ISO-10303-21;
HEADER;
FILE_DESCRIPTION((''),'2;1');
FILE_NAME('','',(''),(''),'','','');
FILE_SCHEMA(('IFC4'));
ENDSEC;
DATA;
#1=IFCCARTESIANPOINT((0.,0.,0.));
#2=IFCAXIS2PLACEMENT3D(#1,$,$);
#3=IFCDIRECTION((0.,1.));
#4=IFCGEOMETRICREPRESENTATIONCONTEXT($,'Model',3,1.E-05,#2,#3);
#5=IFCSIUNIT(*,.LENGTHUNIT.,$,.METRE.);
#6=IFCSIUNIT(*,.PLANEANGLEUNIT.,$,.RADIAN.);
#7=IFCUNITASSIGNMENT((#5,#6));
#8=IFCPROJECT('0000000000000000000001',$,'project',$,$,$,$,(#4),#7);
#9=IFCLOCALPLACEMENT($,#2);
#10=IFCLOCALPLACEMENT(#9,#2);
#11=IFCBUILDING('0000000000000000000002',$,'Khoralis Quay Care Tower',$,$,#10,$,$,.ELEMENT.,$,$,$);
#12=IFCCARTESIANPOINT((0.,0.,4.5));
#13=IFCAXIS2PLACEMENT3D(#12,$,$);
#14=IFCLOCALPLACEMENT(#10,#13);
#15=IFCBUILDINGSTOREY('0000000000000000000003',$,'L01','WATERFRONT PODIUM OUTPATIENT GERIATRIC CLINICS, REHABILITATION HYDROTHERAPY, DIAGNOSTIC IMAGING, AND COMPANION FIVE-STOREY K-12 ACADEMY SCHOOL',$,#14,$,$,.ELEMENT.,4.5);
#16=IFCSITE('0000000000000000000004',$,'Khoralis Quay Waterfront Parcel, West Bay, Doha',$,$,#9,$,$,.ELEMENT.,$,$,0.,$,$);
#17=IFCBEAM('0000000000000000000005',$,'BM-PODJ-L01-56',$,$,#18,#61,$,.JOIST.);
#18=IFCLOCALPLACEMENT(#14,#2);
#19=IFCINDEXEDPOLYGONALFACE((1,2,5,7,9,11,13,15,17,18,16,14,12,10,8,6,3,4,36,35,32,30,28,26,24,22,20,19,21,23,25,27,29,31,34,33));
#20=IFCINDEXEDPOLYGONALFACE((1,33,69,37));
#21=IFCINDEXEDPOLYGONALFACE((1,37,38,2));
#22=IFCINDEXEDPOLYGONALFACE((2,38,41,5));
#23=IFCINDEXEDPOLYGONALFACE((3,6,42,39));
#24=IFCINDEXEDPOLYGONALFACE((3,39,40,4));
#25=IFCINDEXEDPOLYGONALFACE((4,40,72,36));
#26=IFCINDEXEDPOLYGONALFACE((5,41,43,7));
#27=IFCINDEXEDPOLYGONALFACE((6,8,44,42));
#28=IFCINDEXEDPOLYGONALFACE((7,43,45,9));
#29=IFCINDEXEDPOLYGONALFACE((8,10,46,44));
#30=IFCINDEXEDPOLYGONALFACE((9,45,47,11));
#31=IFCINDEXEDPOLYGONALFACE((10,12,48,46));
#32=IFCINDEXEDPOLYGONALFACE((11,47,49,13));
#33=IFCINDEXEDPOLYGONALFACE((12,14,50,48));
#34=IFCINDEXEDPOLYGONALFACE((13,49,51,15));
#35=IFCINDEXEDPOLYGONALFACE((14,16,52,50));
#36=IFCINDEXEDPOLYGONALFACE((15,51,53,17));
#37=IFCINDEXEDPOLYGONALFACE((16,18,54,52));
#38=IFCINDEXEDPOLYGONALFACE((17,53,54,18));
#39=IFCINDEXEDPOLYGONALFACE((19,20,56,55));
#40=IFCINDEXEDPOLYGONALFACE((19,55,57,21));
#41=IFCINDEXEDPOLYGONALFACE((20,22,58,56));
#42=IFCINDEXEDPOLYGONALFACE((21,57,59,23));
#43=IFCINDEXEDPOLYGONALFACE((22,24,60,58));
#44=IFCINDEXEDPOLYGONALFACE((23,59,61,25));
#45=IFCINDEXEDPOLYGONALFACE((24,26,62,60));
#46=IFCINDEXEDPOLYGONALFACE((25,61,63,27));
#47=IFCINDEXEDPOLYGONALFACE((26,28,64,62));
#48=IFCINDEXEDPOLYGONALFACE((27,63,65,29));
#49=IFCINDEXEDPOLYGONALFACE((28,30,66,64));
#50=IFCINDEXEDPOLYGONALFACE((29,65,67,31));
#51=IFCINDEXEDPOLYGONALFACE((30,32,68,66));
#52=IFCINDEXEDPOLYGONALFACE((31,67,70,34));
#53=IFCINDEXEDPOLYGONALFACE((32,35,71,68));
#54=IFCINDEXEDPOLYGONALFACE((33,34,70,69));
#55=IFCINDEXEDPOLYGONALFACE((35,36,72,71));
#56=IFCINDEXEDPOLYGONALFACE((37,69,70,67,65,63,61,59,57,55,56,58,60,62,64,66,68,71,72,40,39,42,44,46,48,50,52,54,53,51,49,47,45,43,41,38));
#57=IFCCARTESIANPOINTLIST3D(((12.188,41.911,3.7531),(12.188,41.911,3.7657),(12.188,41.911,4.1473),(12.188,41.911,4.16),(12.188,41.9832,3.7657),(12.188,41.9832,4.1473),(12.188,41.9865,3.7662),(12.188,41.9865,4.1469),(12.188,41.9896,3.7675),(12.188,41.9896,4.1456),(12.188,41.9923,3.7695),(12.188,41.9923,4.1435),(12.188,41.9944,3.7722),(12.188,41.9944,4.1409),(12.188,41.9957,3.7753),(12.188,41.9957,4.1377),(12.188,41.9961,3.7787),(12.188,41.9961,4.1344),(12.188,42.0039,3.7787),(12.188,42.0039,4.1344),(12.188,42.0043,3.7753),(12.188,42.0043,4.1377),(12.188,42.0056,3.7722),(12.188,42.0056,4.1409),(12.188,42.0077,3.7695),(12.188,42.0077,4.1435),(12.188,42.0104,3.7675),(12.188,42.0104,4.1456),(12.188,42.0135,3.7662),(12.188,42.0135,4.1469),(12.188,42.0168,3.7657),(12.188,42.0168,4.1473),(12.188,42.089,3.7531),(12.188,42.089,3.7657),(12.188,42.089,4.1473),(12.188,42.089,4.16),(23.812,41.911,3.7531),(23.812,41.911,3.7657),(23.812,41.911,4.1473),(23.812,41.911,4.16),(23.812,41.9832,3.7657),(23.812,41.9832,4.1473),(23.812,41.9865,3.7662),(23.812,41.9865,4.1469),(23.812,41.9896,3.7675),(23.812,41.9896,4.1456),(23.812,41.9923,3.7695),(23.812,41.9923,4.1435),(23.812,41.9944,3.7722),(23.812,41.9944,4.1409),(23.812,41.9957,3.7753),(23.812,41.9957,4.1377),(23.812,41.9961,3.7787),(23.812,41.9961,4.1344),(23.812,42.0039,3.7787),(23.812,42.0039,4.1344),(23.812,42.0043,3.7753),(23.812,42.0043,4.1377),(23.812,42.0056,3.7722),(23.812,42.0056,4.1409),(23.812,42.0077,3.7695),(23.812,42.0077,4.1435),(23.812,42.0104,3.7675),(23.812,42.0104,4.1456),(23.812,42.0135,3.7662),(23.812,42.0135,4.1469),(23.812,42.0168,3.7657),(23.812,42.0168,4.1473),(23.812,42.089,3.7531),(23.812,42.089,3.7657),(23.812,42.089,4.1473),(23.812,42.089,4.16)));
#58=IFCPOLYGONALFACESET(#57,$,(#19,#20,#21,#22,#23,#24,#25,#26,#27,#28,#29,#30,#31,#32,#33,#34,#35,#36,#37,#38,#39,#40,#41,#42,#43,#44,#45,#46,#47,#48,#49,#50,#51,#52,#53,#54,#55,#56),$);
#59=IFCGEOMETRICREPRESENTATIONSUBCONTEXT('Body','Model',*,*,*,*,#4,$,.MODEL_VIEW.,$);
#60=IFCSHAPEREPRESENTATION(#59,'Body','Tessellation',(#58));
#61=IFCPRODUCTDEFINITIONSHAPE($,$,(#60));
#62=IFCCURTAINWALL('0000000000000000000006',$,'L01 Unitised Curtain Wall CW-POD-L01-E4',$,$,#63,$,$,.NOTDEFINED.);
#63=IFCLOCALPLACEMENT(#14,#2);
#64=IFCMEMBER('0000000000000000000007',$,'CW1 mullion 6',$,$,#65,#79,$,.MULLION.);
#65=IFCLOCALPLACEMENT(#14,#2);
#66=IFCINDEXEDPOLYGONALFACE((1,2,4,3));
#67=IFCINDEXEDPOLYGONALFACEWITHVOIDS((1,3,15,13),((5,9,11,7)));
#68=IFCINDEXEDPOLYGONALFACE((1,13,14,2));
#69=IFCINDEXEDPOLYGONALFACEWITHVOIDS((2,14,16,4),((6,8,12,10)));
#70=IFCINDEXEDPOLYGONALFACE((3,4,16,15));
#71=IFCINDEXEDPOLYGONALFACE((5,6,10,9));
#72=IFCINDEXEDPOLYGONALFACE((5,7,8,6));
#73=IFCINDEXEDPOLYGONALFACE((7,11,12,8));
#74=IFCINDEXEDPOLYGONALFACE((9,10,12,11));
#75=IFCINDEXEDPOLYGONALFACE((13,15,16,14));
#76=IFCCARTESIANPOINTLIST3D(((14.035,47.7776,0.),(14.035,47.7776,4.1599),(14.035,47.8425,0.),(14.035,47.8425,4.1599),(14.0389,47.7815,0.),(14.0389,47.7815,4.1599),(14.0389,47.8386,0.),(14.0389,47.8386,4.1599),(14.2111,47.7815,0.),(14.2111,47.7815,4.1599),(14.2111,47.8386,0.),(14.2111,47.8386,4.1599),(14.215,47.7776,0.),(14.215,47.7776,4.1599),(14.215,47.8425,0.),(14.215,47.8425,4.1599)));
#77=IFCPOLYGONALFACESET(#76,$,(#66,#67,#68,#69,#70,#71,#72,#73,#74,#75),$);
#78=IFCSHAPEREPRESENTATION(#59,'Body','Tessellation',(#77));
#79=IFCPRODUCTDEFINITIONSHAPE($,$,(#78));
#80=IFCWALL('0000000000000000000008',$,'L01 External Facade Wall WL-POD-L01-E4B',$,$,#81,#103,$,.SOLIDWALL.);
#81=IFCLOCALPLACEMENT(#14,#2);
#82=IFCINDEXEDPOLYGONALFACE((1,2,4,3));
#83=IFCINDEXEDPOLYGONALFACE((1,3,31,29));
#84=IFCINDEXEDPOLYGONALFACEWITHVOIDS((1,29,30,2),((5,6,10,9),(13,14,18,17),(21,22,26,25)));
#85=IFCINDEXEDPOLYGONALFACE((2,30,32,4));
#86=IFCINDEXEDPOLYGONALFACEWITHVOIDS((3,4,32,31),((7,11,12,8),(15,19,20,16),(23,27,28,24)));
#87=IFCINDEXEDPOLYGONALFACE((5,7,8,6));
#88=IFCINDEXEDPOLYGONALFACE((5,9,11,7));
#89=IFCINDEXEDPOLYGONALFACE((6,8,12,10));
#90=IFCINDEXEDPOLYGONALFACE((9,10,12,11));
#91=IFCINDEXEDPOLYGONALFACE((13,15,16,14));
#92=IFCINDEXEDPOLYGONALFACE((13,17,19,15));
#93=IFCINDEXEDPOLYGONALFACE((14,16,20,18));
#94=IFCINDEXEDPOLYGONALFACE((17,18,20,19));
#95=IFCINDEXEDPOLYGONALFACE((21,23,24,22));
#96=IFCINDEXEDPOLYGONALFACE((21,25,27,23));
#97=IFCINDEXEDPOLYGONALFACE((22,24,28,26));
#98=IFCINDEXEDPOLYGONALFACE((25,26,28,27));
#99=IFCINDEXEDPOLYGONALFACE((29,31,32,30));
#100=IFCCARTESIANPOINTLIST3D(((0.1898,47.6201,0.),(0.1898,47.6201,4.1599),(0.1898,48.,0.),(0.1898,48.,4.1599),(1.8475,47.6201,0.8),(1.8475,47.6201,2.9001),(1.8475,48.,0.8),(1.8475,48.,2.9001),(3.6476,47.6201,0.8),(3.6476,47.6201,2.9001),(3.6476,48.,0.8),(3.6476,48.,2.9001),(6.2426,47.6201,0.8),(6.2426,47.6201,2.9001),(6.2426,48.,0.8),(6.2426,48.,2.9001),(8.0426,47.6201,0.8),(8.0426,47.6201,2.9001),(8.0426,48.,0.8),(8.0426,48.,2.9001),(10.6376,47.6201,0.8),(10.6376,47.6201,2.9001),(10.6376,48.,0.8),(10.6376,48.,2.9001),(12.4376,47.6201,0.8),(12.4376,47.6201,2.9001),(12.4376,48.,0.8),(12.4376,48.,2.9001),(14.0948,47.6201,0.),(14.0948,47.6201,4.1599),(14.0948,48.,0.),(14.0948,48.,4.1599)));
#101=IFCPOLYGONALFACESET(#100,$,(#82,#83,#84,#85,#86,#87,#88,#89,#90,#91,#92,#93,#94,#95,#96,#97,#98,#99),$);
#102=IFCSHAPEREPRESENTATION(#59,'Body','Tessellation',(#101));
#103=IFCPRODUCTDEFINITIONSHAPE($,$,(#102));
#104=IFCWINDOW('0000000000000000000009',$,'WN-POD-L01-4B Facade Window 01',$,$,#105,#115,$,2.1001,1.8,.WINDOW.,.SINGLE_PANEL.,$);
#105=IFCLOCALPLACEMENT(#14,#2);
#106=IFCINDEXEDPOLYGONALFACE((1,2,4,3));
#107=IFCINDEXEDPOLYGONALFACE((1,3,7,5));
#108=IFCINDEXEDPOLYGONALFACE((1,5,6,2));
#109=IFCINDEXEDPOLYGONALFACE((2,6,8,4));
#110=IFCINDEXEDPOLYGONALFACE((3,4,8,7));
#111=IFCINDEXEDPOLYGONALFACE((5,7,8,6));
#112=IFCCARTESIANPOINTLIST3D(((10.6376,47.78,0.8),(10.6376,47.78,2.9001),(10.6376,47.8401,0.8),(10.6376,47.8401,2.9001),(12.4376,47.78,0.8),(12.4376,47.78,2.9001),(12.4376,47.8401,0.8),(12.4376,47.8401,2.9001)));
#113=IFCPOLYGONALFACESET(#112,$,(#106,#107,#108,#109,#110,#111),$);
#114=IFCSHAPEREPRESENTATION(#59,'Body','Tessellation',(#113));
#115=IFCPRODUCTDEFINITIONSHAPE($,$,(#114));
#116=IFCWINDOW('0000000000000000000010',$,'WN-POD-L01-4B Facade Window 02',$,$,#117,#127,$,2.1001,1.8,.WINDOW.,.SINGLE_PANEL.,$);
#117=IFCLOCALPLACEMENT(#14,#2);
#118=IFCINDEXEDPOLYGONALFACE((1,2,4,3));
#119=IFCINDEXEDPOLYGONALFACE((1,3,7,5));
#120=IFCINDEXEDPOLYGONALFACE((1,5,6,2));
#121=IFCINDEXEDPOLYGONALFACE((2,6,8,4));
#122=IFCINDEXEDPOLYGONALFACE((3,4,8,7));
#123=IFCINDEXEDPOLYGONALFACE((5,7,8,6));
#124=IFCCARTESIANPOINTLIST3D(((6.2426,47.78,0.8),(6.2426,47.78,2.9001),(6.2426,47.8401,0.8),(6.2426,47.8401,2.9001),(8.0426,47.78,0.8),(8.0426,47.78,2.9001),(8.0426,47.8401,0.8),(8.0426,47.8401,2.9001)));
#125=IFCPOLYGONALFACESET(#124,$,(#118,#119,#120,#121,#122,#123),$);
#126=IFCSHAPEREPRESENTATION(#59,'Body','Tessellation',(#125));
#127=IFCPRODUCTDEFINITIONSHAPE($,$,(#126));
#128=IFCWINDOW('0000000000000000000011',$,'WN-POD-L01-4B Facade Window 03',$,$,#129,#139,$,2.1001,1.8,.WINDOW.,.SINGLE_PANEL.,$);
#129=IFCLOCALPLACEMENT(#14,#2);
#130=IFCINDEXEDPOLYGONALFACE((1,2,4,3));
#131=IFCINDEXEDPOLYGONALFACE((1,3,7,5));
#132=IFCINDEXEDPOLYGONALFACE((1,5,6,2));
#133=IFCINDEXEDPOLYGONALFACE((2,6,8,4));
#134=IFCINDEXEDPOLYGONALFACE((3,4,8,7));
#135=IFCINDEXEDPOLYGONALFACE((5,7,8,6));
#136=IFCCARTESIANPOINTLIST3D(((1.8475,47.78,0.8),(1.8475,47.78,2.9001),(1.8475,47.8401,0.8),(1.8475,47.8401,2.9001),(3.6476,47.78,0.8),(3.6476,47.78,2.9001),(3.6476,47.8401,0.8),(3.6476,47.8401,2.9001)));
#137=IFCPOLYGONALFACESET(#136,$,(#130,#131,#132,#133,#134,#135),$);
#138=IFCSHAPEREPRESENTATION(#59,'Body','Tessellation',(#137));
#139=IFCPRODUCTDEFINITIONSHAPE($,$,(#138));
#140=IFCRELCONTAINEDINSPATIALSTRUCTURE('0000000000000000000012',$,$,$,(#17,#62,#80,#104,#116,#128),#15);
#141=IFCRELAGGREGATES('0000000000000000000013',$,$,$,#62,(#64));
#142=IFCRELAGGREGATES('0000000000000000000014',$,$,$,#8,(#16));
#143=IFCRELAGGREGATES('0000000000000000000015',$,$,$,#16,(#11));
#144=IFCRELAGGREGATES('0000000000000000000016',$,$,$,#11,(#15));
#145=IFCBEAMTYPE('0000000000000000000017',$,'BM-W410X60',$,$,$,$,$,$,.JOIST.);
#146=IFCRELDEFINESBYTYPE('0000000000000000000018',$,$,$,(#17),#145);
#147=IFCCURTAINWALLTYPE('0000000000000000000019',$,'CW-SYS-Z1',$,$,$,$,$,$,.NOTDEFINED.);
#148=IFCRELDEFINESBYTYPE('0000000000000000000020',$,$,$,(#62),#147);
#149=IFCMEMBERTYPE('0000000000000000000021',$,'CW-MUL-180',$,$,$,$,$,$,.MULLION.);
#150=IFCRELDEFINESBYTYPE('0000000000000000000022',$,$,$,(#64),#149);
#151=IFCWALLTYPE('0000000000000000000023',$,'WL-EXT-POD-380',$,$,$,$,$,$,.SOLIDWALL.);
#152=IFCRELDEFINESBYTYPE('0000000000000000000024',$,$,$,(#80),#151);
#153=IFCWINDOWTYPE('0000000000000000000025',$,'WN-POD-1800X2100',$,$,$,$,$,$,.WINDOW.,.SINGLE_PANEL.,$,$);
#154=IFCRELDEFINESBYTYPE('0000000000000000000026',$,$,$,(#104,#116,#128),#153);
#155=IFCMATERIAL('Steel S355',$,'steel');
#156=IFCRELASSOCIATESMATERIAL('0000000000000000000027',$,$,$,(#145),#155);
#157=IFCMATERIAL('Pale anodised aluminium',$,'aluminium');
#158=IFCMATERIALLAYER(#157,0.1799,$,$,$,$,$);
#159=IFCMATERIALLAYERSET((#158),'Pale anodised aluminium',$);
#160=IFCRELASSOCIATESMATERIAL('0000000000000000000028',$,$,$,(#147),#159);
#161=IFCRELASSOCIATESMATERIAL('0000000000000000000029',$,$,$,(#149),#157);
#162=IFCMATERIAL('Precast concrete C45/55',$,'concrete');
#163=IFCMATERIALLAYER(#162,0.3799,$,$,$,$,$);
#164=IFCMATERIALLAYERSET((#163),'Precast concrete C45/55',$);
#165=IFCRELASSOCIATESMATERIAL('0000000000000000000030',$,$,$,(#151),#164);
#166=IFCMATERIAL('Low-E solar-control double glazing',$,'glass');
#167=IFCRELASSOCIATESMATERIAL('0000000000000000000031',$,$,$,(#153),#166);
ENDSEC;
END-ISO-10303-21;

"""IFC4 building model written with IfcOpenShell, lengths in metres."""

from ifc_helpers import new_model, si_unit, direction, frame, frame_2d, origin, origin_2d, place, context, subcontext, project, spatial, rectangle, hollow_rectangle, i_section, extrude, source, transform, mapped, material, layer, layer_set, material_profile, profile_set, type_object, element, fill, aggregate, save


model = new_model("IFC4")

# Units and contexts
model_context = context("Model", 3, precision=1e-05, world=origin(), true_north=direction((0.0, 1.0)))
body_context = subcontext(model_context, "Body", "Model", "MODEL_VIEW")
ifc_project = project(units=[si_unit("LENGTHUNIT", "METRE"), si_unit("PLANEANGLEUNIT", "RADIAN")], contexts=[model_context])

# Site, building, storey
site_placement = place(None, origin())
site = spatial("IfcSite", under=ifc_project, at=site_placement, Name="Khoralis Quay Waterfront Parcel, West Bay, Doha", CompositionType="ELEMENT", RefElevation=0.0)
building_placement = place(site_placement, origin())
building = spatial("IfcBuilding", under=site, at=building_placement, Name="Khoralis Quay Care Tower", CompositionType="ELEMENT")
storey_placement = place(building_placement, frame((0.0, 0.0, 4.5)))
storey = spatial("IfcBuildingStorey", under=building, at=storey_placement, Name="L01", Description="WATERFRONT PODIUM OUTPATIENT GERIATRIC CLINICS, REHABILITATION HYDROTHERAPY, DIAGNOSTIC IMAGING, AND COMPANION FIVE-STOREY K-12 ACADEMY SCHOOL", CompositionType="ELEMENT", Elevation=4.5)

# Beam
ifc_material_1 = material(Name="Steel S355", Category="steel")
ifc_material_profile_1 = material_profile(ifc_material_1, i_section(OverallWidth=0.178, OverallDepth=0.407, WebThickness=0.0078, FlangeThickness=0.0127, FilletRadius=0.0129, at=origin_2d()), Name="Steel S355")
ifc_profile_set_1 = profile_set([ifc_material_profile_1], Name="Steel S355")
beam_type_1 = type_object("IfcBeamType", Name="BM-W410X60", PredefinedType="JOIST", material=ifc_profile_set_1)
shared_shape_1 = source(origin(), body_context, "Body", "SweptSolid", [
    extrude(i_section(OverallWidth=0.178, OverallDepth=0.407, WebThickness=0.0078, FlangeThickness=0.0127, FilletRadius=0.0129, at=origin_2d()), origin(), (0.0, 0.0, 1.0), 11.624),
])
beam_1_placement = place(storey_placement, frame((12.188, 42.0, 3.9565), z_axis=(1.0, 0.0, 0.0), x_axis=(0.0, 1.0, 0.0)))
element("IfcBeam", 1, at=beam_1_placement, inside=storey, type_object=beam_type_1, Name="BM-PODJ-L01-56", PredefinedType="JOIST", context=body_context, shape_type="MappedRepresentation", body=[
    mapped(shared_shape_1, transform((0.0, 0.0, 0.0), scale=1.0)),
])

# Curtain wall, member
ifc_material_2 = material(Name="Pale anodised aluminium", Category="aluminium")
ifc_layer_1 = layer(ifc_material_2, 0.1799)
ifc_layer_set_1 = layer_set([ifc_layer_1], Name="Pale anodised aluminium")
curtain_wall_type = type_object("IfcCurtainWallType", Name="CW-SYS-Z1", PredefinedType="NOTDEFINED", material=ifc_layer_set_1)
curtain_wall_placement = place(storey_placement, origin())
curtain_wall = element("IfcCurtainWall", 2, at=curtain_wall_placement, inside=storey, type_object=curtain_wall_type, Name="L01 Unitised Curtain Wall CW-POD-L01-E4", PredefinedType="NOTDEFINED")
ifc_material_profile_2 = material_profile(ifc_material_2, hollow_rectangle(XDim=0.0649, YDim=0.1799, WallThickness=0.0039, at=origin_2d()), Name="Pale anodised aluminium")
ifc_profile_set_2 = profile_set([ifc_material_profile_2], Name="Pale anodised aluminium")
member_type = type_object("IfcMemberType", Name="CW-MUL-180", PredefinedType="MULLION", material=ifc_profile_set_2)
shared_shape_2 = source(origin(), body_context, "Body", "SweptSolid", [
    extrude(hollow_rectangle(XDim=0.0649, YDim=0.1799, WallThickness=0.0039, at=origin_2d()), origin(), (0.0, 0.0, 1.0), 4.1599),
])
member_placement = place(storey_placement, frame((14.125, 47.8101, 0.0), z_axis=(0.0, 0.0, 1.0), x_axis=(0.0, -1.0, 0.0)))
member = element("IfcMember", 3, at=member_placement, type_object=member_type, Name="CW1 mullion 6", PredefinedType="MULLION", context=body_context, shape_type="MappedRepresentation", body=[
    mapped(shared_shape_2, transform((0.0, 0.0, 0.0), scale=1.0)),
])
aggregate(curtain_wall, [member])

# Wall, openings, windows
ifc_material_3 = material(Name="Precast concrete C45/55", Category="concrete")
ifc_layer_2 = layer(ifc_material_3, 0.3799)
ifc_layer_set_2 = layer_set([ifc_layer_2], Name="Precast concrete C45/55")
wall_type = type_object("IfcWallType", Name="WL-EXT-POD-380", PredefinedType="SOLIDWALL", material=ifc_layer_set_2)
wall_placement = place(storey_placement, frame((14.095, 47.8101, 0.0), z_axis=(0.0, 0.0, 1.0), x_axis=(-1.0, 0.0, 0.0)))
wall = element("IfcWall", 4, at=wall_placement, inside=storey, type_object=wall_type, Name="L01 External Facade Wall WL-POD-L01-E4B", PredefinedType="SOLIDWALL", context=body_context, shape_type="SweptSolid", body=[
    extrude(rectangle(XDim=13.905, YDim=0.3799, at=frame_2d((6.9526, 0.0))), origin(), (0.0, 0.0, 1.0), 4.1599),
])
opening_1_placement = place(wall_placement, frame((1.6575, 0.0, 0.8)))
opening_1 = element("IfcOpeningElement", 5, at=opening_1_placement, cuts=wall, PredefinedType="OPENING", context=body_context, shape_type="SweptSolid", body=[
    extrude(rectangle(XDim=1.8, YDim=2.1001, at=frame_2d((0.8999, 1.05))), frame((0.0, 0.2, 0.0), z_axis=(0.0, -1.0, 0.0), x_axis=(1.0, 0.0, 0.0)), (0.0, 0.0, 1.0), 0.3999),
])
opening_2_placement = place(wall_placement, frame((6.0525, 0.0, 0.8)))
opening_2 = element("IfcOpeningElement", 6, at=opening_2_placement, cuts=wall, PredefinedType="OPENING", context=body_context, shape_type="SweptSolid", body=[
    extrude(rectangle(XDim=1.8, YDim=2.1001, at=frame_2d((0.8999, 1.05))), frame((0.0, 0.2, 0.0), z_axis=(0.0, -1.0, 0.0), x_axis=(1.0, 0.0, 0.0)), (0.0, 0.0, 1.0), 0.3999),
])
opening_3_placement = place(wall_placement, frame((10.4475, 0.0, 0.8)))
opening_3 = element("IfcOpeningElement", 7, at=opening_3_placement, cuts=wall, PredefinedType="OPENING", context=body_context, shape_type="SweptSolid", body=[
    extrude(rectangle(XDim=1.8, YDim=2.1001, at=frame_2d((0.8999, 1.05))), frame((0.0, 0.2, 0.0), z_axis=(0.0, -1.0, 0.0), x_axis=(1.0, 0.0, 0.0)), (0.0, 0.0, 1.0), 0.3999),
])
ifc_material_4 = material(Name="Low-E solar-control double glazing", Category="glass")
window_type = type_object("IfcWindowType", Name="WN-POD-1800X2100", PartitioningType="SINGLE_PANEL", PredefinedType="WINDOW", material=ifc_material_4)
shared_shape_3 = source(origin(), body_context, "Body", "SweptSolid", [
    extrude(rectangle(XDim=1.8, YDim=2.1001, at=frame_2d((0.8999, 1.05))), frame((0.0, 0.03, 0.0), z_axis=(0.0, -1.0, 0.0), x_axis=(1.0, 0.0, 0.0)), (0.0, 0.0, 1.0), 0.0601),
])
window_1_placement = place(opening_1_placement, origin())
window_1 = element("IfcWindow", 8, at=window_1_placement, inside=storey, type_object=window_type, Name="WN-POD-L01-4B Facade Window 01", OverallHeight=2.1001, OverallWidth=1.8, PartitioningType="SINGLE_PANEL", PredefinedType="WINDOW", context=body_context, shape_type="MappedRepresentation", body=[
    mapped(shared_shape_3, transform((0.0, 0.0, 0.0), scale=1.0)),
])
fill(opening_1, window_1)
window_2_placement = place(opening_2_placement, origin())
window_2 = element("IfcWindow", 9, at=window_2_placement, inside=storey, type_object=window_type, Name="WN-POD-L01-4B Facade Window 02", OverallHeight=2.1001, OverallWidth=1.8, PartitioningType="SINGLE_PANEL", PredefinedType="WINDOW", context=body_context, shape_type="MappedRepresentation", body=[
    mapped(shared_shape_3, transform((0.0, 0.0, 0.0), scale=1.0)),
])
fill(opening_2, window_2)
window_3_placement = place(opening_3_placement, origin())
window_3 = element("IfcWindow", 10, at=window_3_placement, inside=storey, type_object=window_type, Name="WN-POD-L01-4B Facade Window 03", OverallHeight=2.1001, OverallWidth=1.8, PartitioningType="SINGLE_PANEL", PredefinedType="WINDOW", context=body_context, shape_type="MappedRepresentation", body=[
    mapped(shared_shape_3, transform((0.0, 0.0, 0.0), scale=1.0)),
])
fill(opening_3, window_3)

save(model, "model.ifc")
